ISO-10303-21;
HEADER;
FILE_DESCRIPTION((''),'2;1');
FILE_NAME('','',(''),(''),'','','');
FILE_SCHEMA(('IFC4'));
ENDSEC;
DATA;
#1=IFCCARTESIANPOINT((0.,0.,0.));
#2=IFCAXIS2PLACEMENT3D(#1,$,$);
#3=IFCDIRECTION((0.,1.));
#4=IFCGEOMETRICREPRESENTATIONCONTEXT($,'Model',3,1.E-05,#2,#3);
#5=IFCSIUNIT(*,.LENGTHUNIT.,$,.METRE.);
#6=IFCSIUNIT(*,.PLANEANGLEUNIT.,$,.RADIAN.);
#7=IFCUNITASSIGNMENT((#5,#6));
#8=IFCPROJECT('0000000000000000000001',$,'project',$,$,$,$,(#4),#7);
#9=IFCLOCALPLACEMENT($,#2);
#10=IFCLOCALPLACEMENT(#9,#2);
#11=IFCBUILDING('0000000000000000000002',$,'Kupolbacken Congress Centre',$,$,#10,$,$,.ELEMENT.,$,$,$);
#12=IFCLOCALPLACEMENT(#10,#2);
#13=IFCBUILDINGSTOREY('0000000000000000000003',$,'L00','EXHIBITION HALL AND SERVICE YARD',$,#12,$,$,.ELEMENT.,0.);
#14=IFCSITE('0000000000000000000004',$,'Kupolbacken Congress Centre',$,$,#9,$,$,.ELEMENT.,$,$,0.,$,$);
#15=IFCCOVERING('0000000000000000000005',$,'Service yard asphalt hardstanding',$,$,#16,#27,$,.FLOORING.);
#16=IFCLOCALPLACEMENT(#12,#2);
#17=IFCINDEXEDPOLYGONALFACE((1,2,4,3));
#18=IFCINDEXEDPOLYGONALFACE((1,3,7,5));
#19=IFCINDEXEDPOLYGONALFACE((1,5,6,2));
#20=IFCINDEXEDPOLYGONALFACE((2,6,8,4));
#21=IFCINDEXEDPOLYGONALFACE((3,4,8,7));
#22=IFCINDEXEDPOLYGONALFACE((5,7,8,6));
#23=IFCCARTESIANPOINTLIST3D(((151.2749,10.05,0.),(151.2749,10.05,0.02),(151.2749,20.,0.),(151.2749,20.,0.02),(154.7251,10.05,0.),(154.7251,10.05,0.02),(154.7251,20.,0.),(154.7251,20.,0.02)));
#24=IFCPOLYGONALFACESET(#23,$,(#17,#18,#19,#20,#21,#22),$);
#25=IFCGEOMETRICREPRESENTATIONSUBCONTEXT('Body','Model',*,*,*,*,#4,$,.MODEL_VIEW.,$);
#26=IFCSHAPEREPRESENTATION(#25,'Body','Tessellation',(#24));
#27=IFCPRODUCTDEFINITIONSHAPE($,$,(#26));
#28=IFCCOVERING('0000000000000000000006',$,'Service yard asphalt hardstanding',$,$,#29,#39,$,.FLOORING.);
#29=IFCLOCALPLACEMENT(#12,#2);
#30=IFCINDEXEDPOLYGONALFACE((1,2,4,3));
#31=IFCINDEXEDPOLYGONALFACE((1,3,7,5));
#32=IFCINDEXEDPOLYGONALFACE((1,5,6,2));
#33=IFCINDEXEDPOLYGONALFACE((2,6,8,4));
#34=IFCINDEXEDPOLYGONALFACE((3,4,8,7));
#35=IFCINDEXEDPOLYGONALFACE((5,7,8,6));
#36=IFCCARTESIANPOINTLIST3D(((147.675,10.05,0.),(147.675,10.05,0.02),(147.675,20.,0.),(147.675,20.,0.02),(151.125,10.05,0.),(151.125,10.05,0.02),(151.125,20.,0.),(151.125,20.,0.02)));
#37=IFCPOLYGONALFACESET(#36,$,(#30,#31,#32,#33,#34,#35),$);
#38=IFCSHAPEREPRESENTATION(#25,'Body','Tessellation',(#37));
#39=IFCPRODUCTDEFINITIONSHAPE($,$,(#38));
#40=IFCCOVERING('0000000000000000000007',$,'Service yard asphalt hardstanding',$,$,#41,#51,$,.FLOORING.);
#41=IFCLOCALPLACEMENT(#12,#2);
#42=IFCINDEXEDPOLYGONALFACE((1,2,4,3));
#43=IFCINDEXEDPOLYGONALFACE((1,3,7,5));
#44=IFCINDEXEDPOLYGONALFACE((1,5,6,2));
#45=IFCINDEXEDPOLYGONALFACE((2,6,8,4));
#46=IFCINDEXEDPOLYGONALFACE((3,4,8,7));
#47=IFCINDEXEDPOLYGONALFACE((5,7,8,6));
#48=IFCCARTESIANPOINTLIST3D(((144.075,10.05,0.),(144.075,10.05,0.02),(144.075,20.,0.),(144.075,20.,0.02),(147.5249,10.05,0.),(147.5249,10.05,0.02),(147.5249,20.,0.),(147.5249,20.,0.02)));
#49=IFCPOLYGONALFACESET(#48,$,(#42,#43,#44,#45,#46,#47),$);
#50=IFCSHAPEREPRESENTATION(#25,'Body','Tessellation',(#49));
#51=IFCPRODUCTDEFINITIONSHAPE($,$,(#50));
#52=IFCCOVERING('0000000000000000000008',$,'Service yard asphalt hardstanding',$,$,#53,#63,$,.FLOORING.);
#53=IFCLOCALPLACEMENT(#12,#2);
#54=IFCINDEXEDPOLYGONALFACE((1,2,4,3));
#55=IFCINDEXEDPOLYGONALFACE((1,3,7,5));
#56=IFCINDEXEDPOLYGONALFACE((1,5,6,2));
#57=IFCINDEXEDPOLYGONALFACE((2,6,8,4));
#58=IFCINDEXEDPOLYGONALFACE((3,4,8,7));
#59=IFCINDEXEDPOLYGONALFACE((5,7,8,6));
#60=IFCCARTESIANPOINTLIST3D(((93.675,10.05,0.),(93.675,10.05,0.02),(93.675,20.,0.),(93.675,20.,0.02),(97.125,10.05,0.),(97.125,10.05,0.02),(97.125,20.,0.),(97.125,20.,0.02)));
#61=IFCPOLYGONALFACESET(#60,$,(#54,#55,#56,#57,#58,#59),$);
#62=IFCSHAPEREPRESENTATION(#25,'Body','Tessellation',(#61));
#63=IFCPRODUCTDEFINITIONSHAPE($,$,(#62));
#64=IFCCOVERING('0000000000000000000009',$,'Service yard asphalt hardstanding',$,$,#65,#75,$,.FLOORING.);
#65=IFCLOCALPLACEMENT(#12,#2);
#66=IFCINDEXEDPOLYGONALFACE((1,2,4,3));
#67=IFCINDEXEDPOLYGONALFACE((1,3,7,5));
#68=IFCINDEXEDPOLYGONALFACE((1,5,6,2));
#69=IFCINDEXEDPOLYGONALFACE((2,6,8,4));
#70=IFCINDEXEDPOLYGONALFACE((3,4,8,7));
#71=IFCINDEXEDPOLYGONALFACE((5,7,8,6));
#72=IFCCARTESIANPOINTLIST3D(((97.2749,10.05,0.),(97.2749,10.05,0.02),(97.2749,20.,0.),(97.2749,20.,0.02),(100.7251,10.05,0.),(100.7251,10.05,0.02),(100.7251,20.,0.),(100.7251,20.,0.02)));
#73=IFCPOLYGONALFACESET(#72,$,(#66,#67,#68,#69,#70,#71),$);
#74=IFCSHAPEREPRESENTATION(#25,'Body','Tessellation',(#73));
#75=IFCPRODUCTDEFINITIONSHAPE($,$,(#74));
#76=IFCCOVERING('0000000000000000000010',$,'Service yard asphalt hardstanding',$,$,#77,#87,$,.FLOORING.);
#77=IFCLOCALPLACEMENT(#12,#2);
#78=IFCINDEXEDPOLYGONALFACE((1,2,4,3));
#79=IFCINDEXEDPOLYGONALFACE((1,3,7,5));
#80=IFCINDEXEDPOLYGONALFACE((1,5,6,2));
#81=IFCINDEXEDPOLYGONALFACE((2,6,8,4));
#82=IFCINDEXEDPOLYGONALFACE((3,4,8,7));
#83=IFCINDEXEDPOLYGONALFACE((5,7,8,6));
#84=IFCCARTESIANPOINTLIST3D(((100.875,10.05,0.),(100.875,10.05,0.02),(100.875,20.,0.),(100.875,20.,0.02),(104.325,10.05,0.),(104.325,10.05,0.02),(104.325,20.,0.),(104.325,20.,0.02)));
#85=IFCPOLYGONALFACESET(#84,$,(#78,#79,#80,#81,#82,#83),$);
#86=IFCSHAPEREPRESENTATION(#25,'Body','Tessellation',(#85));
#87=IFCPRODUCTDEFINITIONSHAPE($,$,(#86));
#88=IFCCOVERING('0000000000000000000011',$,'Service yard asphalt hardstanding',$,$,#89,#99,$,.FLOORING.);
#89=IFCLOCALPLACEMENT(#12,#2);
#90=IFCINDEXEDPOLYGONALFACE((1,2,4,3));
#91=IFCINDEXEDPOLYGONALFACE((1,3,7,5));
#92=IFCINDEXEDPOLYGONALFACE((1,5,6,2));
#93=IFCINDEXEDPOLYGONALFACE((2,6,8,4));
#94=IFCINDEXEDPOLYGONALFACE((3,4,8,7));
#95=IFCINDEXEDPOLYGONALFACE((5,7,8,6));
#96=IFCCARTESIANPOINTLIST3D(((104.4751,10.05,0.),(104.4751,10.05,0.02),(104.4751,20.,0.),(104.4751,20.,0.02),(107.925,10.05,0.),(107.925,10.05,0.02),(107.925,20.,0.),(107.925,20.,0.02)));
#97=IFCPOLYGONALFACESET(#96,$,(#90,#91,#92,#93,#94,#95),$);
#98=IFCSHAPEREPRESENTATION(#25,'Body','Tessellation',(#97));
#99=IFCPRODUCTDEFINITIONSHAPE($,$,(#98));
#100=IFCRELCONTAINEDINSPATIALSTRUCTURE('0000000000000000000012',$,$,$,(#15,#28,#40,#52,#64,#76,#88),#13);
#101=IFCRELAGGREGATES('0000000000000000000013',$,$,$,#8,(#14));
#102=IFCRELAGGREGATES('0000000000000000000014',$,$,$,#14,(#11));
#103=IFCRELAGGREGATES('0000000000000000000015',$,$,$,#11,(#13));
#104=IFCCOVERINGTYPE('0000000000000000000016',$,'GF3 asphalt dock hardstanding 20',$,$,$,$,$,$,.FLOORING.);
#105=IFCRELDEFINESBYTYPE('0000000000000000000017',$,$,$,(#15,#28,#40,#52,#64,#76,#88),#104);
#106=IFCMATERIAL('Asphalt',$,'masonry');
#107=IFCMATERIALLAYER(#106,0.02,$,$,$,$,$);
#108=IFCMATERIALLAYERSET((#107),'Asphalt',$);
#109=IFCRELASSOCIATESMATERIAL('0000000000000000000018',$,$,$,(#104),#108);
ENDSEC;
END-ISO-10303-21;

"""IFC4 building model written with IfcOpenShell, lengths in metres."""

from ifc_helpers import new_model, si_unit, direction, origin, place, context, subcontext, project, spatial, polyline, outline, extrude, material, layer, layer_set, type_object, element, save


model = new_model("IFC4")

# Units and contexts
model_context = context("Model", 3, precision=1e-05, world=origin(), true_north=direction((0.0, 1.0)))
body_context = subcontext(model_context, "Body", "Model", "MODEL_VIEW")
ifc_project = project(units=[si_unit("LENGTHUNIT", "METRE"), si_unit("PLANEANGLEUNIT", "RADIAN")], contexts=[model_context])

# Site, building, storey
site_placement = place(None, origin())
site = spatial("IfcSite", under=ifc_project, at=site_placement, Name="Kupolbacken Congress Centre", CompositionType="ELEMENT", RefElevation=0.0)
building_placement = place(site_placement, origin())
building = spatial("IfcBuilding", under=site, at=building_placement, Name="Kupolbacken Congress Centre", CompositionType="ELEMENT")
storey_placement = place(building_placement, origin())
storey = spatial("IfcBuildingStorey", under=building, at=storey_placement, Name="L00", Description="EXHIBITION HALL AND SERVICE YARD", CompositionType="ELEMENT", Elevation=0.0)

# Coverings
ifc_material = material(Name="Asphalt", Category="masonry")
ifc_layer = layer(ifc_material, 0.02)
ifc_layer_set = layer_set([ifc_layer], Name="Asphalt")
covering_type = type_object("IfcCoveringType", Name="GF3 asphalt dock hardstanding 20", PredefinedType="FLOORING", material=ifc_layer_set)
covering_1_placement = place(storey_placement, origin())
element("IfcCovering", 1, at=covering_1_placement, inside=storey, type_object=covering_type, Name="Service yard asphalt hardstanding", PredefinedType="FLOORING", context=body_context, shape_type="SweptSolid", body=[
    extrude(outline(polyline([(151.2749, 20.0), (154.7251, 20.0), (154.7251, 10.05), (151.2749, 10.05), (151.2749, 20.0)])), origin(), (0.0, 0.0, 1.0), 0.02),
])
covering_2_placement = place(storey_placement, origin())
element("IfcCovering", 2, at=covering_2_placement, inside=storey, type_object=covering_type, Name="Service yard asphalt hardstanding", PredefinedType="FLOORING", context=body_context, shape_type="SweptSolid", body=[
    extrude(outline(polyline([(147.675, 20.0), (151.125, 20.0), (151.125, 10.05), (147.675, 10.05), (147.675, 20.0)])), origin(), (0.0, 0.0, 1.0), 0.02),
])
covering_3_placement = place(storey_placement, origin())
element("IfcCovering", 3, at=covering_3_placement, inside=storey, type_object=covering_type, Name="Service yard asphalt hardstanding", PredefinedType="FLOORING", context=body_context, shape_type="SweptSolid", body=[
    extrude(outline(polyline([(144.075, 20.0), (147.5249, 20.0), (147.5249, 10.05), (144.075, 10.05), (144.075, 20.0)])), origin(), (0.0, 0.0, 1.0), 0.02),
])
covering_4_placement = place(storey_placement, origin())
element("IfcCovering", 4, at=covering_4_placement, inside=storey, type_object=covering_type, Name="Service yard asphalt hardstanding", PredefinedType="FLOORING", context=body_context, shape_type="SweptSolid", body=[
    extrude(outline(polyline([(97.125, 20.0), (97.125, 10.05), (93.675, 10.05), (93.675, 20.0), (97.125, 20.0)])), origin(), (0.0, 0.0, 1.0), 0.02),
])
covering_5_placement = place(storey_placement, origin())
element("IfcCovering", 5, at=covering_5_placement, inside=storey, type_object=covering_type, Name="Service yard asphalt hardstanding", PredefinedType="FLOORING", context=body_context, shape_type="SweptSolid", body=[
    extrude(outline(polyline([(100.7251, 20.0), (100.7251, 10.05), (97.2749, 10.05), (97.2749, 20.0), (100.7251, 20.0)])), origin(), (0.0, 0.0, 1.0), 0.02),
])
covering_6_placement = place(storey_placement, origin())
element("IfcCovering", 6, at=covering_6_placement, inside=storey, type_object=covering_type, Name="Service yard asphalt hardstanding", PredefinedType="FLOORING", context=body_context, shape_type="SweptSolid", body=[
    extrude(outline(polyline([(104.325, 20.0), (104.325, 10.05), (100.875, 10.05), (100.875, 20.0), (104.325, 20.0)])), origin(), (0.0, 0.0, 1.0), 0.02),
])
covering_7_placement = place(storey_placement, origin())
element("IfcCovering", 7, at=covering_7_placement, inside=storey, type_object=covering_type, Name="Service yard asphalt hardstanding", PredefinedType="FLOORING", context=body_context, shape_type="SweptSolid", body=[
    extrude(outline(polyline([(107.925, 20.0), (107.925, 10.05), (104.4751, 10.05), (104.4751, 20.0), (107.925, 20.0)])), origin(), (0.0, 0.0, 1.0), 0.02),
])

save(model, "model.ifc")
